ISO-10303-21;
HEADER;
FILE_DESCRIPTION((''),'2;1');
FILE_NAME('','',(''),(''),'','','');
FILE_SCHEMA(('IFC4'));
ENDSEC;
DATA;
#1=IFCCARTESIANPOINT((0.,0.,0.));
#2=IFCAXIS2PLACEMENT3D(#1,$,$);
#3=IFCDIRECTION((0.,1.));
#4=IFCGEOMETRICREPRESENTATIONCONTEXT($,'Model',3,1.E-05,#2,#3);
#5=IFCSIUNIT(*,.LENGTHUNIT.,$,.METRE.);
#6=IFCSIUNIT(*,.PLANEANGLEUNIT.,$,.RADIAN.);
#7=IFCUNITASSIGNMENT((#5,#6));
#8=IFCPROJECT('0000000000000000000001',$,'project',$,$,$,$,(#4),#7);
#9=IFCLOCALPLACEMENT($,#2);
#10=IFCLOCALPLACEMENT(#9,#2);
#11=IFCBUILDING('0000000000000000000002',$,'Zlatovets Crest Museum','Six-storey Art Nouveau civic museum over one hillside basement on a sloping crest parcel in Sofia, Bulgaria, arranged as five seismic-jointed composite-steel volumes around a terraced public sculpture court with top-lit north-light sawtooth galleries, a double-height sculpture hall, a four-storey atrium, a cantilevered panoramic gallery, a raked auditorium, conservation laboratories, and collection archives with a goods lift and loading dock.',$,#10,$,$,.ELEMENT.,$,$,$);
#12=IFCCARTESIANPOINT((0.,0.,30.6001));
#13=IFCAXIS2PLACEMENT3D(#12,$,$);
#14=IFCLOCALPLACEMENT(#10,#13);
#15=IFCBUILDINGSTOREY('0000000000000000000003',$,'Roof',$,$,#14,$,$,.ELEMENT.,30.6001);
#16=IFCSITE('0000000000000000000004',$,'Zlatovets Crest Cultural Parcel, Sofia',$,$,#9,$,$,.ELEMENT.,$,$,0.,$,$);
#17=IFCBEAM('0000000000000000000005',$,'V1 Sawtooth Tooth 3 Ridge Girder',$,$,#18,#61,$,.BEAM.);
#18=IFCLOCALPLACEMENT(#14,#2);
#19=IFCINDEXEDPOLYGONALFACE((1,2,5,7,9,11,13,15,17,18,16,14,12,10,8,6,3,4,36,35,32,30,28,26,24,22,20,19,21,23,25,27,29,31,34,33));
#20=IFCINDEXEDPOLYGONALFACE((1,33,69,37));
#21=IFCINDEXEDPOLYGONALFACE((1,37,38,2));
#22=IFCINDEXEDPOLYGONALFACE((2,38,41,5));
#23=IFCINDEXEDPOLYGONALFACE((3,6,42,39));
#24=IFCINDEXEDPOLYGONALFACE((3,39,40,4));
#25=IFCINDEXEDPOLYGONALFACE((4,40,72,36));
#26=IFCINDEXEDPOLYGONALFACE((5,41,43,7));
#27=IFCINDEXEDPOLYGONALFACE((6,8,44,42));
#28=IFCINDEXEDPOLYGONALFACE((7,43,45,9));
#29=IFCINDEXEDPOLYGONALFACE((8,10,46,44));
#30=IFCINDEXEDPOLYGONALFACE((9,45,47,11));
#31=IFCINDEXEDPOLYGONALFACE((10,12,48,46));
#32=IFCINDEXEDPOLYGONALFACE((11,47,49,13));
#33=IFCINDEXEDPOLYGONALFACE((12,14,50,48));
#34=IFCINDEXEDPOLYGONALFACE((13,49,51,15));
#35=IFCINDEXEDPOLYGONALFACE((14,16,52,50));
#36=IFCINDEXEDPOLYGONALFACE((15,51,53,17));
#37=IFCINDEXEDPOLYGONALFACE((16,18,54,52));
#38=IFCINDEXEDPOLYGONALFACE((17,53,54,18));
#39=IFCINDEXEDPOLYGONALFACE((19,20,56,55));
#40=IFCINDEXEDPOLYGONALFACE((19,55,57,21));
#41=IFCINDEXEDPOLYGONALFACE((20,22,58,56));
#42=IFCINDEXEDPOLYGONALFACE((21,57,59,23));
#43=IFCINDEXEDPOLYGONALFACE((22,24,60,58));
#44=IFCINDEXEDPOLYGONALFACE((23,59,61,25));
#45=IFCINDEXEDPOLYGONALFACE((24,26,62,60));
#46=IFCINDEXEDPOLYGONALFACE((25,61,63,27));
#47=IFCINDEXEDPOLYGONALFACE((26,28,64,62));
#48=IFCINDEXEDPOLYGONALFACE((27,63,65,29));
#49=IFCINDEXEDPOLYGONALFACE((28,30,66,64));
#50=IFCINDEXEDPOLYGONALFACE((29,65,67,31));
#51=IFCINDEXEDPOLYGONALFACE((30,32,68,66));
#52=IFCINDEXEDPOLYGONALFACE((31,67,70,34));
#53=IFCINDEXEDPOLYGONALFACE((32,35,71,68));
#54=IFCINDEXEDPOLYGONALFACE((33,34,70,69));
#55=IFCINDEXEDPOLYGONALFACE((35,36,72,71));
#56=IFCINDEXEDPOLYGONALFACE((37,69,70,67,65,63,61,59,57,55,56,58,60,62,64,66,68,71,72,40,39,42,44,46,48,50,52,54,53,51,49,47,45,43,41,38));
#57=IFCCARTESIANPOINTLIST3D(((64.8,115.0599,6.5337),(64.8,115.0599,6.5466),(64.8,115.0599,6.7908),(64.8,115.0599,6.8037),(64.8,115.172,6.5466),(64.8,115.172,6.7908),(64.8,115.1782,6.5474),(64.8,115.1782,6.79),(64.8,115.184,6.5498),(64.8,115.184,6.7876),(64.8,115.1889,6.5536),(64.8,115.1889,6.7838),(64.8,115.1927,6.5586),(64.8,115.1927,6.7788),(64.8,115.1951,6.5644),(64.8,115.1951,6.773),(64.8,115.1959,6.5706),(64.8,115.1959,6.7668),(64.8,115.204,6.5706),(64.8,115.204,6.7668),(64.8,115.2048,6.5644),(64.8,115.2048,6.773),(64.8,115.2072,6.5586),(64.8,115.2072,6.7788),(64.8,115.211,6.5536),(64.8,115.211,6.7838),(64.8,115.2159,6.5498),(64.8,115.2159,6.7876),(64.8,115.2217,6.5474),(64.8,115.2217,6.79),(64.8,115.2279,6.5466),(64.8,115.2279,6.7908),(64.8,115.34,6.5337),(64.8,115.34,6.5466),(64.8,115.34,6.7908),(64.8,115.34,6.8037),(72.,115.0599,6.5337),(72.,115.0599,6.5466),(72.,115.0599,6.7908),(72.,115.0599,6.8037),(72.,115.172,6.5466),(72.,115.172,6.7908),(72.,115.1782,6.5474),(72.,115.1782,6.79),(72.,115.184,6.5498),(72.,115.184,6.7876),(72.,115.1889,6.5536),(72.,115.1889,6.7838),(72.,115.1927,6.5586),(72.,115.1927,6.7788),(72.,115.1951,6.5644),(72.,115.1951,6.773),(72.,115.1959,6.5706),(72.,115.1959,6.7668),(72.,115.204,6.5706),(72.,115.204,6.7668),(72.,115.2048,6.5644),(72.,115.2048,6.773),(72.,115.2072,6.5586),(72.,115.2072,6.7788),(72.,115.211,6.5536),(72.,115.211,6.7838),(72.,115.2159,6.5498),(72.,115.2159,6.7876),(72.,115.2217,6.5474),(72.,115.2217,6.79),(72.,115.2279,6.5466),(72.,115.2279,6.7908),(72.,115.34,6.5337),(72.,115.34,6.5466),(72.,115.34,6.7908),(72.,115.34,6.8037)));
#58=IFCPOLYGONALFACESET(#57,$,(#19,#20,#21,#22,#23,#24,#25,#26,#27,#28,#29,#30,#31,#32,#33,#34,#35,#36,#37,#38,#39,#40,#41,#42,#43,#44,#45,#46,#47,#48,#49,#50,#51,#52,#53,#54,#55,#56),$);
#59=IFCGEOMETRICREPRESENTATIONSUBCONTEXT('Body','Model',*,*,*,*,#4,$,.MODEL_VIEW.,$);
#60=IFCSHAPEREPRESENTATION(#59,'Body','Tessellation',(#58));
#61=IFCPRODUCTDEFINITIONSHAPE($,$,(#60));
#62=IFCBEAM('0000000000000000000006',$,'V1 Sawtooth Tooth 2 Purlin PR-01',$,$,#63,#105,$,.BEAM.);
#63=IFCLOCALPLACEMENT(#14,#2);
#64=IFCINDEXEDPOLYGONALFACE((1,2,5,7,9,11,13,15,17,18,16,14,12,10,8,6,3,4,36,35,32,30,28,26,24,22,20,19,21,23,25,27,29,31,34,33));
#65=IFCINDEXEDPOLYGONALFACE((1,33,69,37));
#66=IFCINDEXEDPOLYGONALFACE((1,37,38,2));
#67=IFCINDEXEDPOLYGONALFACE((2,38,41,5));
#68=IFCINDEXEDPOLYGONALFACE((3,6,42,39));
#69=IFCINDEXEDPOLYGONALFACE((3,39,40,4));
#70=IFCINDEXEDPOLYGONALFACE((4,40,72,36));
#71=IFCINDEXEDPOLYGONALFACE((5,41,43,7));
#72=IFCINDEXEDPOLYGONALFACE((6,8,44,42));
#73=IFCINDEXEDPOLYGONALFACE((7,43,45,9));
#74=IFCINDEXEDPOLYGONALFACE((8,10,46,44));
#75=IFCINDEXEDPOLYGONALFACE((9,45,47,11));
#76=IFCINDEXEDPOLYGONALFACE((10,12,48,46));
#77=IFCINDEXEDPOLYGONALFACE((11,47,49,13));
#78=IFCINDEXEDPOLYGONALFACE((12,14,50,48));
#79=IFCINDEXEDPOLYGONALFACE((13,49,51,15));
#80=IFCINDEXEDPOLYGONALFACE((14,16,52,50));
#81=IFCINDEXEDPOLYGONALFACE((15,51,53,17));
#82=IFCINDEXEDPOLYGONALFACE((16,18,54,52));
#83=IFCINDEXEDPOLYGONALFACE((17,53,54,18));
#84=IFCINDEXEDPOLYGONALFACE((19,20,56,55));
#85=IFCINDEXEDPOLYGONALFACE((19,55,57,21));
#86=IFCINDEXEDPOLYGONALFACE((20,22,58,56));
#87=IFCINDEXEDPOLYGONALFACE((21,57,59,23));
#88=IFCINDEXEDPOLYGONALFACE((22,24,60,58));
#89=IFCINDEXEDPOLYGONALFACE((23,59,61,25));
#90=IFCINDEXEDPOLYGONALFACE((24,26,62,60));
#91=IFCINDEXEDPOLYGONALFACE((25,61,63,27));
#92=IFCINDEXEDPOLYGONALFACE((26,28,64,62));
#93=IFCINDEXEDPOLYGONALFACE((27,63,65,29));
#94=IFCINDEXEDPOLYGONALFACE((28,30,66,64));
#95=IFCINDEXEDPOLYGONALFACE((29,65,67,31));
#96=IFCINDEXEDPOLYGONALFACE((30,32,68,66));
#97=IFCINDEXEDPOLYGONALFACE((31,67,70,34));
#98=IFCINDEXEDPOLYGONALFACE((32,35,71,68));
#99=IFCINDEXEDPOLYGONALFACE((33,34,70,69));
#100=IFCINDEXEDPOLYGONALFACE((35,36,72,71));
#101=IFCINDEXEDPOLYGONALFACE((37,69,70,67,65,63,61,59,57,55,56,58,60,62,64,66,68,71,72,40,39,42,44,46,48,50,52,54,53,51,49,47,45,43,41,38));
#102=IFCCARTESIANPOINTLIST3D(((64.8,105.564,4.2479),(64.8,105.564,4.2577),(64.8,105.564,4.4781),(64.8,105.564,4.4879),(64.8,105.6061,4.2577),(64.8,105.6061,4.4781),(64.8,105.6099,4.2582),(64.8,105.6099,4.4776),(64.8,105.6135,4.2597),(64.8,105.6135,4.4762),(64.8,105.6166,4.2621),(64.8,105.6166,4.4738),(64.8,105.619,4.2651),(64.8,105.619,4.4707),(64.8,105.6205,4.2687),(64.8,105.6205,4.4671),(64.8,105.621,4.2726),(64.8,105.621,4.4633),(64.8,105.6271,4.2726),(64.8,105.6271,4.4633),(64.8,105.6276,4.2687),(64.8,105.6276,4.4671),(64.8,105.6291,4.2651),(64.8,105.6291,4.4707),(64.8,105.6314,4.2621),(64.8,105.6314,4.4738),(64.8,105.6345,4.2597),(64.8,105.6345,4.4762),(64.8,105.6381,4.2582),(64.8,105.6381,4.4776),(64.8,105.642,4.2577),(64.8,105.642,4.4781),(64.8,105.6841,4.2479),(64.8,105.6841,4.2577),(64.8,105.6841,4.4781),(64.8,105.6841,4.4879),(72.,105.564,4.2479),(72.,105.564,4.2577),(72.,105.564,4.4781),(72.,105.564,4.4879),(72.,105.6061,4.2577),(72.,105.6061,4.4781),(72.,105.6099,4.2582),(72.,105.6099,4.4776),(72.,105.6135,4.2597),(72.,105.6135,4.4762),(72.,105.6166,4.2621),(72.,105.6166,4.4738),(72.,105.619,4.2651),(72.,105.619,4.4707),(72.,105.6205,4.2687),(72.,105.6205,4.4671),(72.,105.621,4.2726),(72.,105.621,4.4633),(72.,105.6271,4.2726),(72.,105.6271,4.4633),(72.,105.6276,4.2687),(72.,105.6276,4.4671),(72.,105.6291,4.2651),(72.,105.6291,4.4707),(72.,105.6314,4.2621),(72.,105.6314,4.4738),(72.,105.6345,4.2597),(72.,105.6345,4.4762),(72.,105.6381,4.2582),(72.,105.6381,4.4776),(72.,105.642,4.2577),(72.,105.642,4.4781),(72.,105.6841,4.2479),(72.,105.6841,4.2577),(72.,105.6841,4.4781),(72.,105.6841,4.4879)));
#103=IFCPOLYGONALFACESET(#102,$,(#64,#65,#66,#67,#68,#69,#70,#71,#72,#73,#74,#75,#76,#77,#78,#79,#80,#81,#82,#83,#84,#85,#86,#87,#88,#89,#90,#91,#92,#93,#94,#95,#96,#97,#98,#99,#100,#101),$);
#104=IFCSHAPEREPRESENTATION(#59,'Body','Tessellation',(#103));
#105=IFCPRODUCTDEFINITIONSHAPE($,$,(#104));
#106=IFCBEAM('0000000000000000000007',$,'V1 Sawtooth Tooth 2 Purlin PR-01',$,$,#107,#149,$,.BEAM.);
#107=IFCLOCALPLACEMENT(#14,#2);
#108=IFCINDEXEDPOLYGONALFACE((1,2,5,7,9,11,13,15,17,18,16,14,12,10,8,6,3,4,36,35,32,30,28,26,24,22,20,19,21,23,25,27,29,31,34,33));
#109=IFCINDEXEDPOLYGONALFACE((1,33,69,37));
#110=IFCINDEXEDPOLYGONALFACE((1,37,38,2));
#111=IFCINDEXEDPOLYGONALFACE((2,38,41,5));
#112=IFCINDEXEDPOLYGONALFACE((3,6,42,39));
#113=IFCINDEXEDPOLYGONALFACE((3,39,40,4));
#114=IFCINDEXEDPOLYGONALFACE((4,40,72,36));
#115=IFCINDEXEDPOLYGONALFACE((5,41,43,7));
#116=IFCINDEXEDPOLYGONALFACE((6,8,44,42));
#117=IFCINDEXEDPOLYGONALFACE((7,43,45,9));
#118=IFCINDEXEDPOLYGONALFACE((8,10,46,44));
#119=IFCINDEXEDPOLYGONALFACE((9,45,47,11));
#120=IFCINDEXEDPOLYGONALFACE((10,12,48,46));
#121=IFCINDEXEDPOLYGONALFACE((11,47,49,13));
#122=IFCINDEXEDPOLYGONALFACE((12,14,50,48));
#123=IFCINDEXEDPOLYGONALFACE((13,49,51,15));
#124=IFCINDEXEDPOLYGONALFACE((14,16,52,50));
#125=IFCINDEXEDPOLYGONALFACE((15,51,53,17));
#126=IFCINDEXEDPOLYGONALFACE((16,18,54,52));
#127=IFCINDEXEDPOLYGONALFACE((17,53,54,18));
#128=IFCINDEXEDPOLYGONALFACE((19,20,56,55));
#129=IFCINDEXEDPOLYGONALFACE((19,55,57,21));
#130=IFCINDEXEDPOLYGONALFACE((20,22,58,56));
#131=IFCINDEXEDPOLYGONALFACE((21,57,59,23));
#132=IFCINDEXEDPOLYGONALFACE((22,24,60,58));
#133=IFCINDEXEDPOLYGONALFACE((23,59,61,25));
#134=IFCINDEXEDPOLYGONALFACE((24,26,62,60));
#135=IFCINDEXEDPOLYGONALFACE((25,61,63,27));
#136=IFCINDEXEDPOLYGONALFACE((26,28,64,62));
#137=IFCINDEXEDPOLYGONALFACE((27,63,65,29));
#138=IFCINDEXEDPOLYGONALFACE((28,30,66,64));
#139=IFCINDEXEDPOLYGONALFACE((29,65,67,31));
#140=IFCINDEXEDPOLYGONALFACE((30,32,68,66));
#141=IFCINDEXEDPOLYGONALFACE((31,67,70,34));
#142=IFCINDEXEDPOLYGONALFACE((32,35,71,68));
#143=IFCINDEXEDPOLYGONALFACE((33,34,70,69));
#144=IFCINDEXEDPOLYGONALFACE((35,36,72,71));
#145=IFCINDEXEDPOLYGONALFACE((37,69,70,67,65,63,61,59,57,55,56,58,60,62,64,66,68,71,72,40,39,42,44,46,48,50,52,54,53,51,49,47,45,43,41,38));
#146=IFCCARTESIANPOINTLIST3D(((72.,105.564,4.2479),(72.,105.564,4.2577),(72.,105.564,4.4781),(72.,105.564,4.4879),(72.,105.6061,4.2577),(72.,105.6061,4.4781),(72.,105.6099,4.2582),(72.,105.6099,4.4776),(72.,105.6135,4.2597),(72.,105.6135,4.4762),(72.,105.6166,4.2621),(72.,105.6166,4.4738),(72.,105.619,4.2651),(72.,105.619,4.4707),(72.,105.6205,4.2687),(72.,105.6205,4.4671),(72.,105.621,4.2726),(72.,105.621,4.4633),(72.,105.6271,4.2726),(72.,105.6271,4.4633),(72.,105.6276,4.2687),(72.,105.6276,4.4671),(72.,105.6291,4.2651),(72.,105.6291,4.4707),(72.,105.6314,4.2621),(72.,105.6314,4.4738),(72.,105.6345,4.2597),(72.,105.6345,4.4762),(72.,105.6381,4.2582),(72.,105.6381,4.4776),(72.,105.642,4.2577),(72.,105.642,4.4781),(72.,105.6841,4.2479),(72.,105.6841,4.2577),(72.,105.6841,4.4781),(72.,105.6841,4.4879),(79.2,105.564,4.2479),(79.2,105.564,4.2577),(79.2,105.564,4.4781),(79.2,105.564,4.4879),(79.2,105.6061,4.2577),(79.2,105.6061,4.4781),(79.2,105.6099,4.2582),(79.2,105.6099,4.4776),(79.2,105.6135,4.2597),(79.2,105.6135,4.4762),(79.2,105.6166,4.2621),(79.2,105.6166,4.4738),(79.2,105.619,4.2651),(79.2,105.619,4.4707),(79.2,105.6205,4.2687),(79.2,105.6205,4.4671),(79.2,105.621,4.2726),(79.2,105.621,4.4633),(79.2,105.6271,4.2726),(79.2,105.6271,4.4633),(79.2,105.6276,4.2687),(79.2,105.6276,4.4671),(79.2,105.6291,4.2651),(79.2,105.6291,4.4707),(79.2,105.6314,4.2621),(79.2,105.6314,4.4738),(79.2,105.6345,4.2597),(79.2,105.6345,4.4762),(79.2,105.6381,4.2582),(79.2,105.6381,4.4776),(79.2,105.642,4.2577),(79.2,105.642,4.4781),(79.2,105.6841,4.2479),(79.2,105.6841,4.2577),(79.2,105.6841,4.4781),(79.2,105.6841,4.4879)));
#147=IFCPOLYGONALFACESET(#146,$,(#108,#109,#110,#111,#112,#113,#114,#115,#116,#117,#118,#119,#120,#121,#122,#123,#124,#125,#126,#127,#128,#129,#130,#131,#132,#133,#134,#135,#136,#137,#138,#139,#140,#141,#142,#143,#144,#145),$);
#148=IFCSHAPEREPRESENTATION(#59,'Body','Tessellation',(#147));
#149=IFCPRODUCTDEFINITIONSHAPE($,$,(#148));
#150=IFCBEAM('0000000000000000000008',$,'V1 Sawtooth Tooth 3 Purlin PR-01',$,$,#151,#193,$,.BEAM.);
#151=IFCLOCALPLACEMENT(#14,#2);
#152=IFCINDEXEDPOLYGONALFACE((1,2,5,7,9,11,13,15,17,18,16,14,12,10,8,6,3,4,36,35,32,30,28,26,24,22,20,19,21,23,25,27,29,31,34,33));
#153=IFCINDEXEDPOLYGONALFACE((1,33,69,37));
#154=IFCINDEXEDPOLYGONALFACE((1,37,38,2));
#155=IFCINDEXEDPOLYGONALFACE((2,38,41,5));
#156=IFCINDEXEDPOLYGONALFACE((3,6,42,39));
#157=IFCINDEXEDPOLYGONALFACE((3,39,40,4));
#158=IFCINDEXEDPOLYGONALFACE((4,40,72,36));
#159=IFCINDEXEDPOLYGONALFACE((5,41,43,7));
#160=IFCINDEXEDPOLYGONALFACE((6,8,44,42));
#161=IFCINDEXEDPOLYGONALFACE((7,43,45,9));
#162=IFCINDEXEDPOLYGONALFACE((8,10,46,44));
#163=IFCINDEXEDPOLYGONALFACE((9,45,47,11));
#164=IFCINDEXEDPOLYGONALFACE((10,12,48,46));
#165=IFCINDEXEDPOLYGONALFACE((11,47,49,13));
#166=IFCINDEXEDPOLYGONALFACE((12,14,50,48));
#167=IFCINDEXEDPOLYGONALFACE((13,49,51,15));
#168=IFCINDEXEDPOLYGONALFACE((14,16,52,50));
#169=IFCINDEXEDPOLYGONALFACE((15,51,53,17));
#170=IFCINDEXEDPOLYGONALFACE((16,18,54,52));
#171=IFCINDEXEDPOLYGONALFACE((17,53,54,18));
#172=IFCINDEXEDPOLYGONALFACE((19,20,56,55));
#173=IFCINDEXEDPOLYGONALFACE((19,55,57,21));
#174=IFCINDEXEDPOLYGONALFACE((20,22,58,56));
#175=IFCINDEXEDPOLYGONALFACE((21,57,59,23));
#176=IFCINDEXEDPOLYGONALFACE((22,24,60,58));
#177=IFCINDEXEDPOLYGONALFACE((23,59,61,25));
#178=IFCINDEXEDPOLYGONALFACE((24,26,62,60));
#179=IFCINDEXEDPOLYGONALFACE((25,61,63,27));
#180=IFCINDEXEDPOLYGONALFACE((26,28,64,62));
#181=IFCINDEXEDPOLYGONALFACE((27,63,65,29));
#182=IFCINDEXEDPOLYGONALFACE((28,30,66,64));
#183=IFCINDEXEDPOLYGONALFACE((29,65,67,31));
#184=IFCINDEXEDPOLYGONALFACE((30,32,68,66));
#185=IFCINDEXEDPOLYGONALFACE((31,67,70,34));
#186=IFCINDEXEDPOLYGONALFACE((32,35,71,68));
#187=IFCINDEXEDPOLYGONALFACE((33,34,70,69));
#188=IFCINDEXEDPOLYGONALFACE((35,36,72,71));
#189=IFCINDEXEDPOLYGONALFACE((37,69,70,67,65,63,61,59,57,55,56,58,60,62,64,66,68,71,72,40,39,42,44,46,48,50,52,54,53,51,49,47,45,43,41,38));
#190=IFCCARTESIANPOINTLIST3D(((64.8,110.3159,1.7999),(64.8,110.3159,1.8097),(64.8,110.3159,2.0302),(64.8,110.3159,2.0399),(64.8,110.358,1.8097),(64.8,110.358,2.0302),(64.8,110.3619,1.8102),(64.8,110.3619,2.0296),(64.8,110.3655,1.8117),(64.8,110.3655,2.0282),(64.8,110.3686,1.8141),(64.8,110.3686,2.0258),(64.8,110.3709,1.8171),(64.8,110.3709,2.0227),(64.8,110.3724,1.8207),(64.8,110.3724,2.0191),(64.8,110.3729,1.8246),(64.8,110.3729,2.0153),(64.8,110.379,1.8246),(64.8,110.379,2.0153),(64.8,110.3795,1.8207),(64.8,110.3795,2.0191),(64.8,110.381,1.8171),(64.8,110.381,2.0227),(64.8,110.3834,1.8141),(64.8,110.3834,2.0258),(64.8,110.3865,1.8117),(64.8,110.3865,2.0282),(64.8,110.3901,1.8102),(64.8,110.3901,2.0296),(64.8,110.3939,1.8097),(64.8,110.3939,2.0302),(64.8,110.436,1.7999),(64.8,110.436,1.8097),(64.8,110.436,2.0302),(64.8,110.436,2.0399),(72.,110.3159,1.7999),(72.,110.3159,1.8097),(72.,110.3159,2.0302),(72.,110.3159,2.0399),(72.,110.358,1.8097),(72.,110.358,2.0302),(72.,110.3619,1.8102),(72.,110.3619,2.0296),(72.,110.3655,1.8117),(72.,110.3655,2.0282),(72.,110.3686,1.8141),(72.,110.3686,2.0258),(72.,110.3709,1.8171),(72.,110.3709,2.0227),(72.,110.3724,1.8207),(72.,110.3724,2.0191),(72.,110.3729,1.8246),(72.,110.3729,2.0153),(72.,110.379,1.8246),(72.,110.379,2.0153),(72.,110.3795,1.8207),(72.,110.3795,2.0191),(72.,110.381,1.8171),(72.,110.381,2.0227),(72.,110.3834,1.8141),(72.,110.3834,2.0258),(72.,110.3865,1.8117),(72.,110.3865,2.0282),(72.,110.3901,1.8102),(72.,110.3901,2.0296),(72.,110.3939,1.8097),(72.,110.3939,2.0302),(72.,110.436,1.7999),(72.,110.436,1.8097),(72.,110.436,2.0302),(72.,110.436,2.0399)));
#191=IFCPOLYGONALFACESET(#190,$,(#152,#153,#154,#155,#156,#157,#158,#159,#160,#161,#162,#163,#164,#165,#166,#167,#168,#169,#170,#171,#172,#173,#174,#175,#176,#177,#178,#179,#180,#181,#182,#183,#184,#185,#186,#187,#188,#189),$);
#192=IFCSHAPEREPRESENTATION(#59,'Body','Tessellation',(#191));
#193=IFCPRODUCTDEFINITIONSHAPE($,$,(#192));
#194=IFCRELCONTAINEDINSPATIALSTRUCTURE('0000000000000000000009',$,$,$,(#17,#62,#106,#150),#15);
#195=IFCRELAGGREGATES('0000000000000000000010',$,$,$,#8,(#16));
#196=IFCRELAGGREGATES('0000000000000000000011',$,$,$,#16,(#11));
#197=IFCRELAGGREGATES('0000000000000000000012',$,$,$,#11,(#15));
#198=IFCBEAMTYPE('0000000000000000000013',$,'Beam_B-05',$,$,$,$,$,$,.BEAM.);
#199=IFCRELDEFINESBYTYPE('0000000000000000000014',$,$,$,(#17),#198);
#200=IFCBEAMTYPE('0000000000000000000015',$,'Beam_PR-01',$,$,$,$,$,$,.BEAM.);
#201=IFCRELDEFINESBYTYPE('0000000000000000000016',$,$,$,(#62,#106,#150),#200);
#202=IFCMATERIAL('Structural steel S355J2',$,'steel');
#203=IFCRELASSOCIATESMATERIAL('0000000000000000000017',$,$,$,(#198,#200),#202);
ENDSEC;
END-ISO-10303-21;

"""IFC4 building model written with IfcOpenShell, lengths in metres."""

from ifc_helpers import new_model, si_unit, direction, frame, origin, origin_2d, place, context, subcontext, project, spatial, i_section, extrude, material, material_profile, profile_set, type_object, element, save


model = new_model("IFC4")

# Units and contexts
model_context = context("Model", 3, precision=1e-05, world=origin(), true_north=direction((0.0, 1.0)))
body_context = subcontext(model_context, "Body", "Model", "MODEL_VIEW")
ifc_project = project(units=[si_unit("LENGTHUNIT", "METRE"), si_unit("PLANEANGLEUNIT", "RADIAN")], contexts=[model_context])

# Site, building, storey
site_placement = place(None, origin())
site = spatial("IfcSite", under=ifc_project, at=site_placement, Name="Zlatovets Crest Cultural Parcel, Sofia", CompositionType="ELEMENT", RefElevation=0.0)
building_placement = place(site_placement, origin())
building = spatial("IfcBuilding", under=site, at=building_placement, Name="Zlatovets Crest Museum", Description="Six-storey Art Nouveau civic museum over one hillside basement on a sloping crest parcel in Sofia, Bulgaria, arranged as five seismic-jointed composite-steel volumes around a terraced public sculpture court with top-lit north-light sawtooth galleries, a double-height sculpture hall, a four-storey atrium, a cantilevered panoramic gallery, a raked auditorium, conservation laboratories, and collection archives with a goods lift and loading dock.", CompositionType="ELEMENT")
storey_placement = place(building_placement, frame((0.0, 0.0, 30.6001)))
storey = spatial("IfcBuildingStorey", under=building, at=storey_placement, Name="Roof", CompositionType="ELEMENT", Elevation=30.6001)

# Beams
ifc_material_1 = material(Name="Structural steel S355J2", Category="steel")
ifc_material_profile_1 = material_profile(ifc_material_1, i_section(OverallWidth=0.28, OverallDepth=0.27, WebThickness=0.0081, FlangeThickness=0.0129, FilletRadius=0.0239, at=origin_2d()), Name="HEA 280")
ifc_profile_set_1 = profile_set([ifc_material_profile_1], Name="Structural steel S355J2")
beam_type_1 = type_object("IfcBeamType", Name="Beam_B-05", PredefinedType="BEAM", material=ifc_profile_set_1)
for number, where, z_axis, x_axis, name in (
    (1, (64.8, 115.2, 6.6687), (1.0, 0.0, 0.0), (0.0, 1.0, 0.0), "V1 Sawtooth Tooth 3 Ridge Girder"),
):
    element("IfcBeam", number, at=place(storey_placement, frame(where, z_axis=z_axis, x_axis=x_axis)), inside=storey, type_object=beam_type_1, Name=name, PredefinedType="BEAM", context=body_context, shape_type="SweptSolid", body=[
        extrude(i_section(OverallWidth=0.28, OverallDepth=0.27, WebThickness=0.0081, FlangeThickness=0.0129, FilletRadius=0.0239, at=origin_2d()), origin(), (0.0, 0.0, 1.0), 7.2),
    ])
ifc_material_profile_2 = material_profile(ifc_material_1, i_section(OverallWidth=0.1201, OverallDepth=0.24, WebThickness=0.0061, FlangeThickness=0.0098, FilletRadius=0.0149, at=origin_2d()), Name="IPE 240")
ifc_profile_set_2 = profile_set([ifc_material_profile_2], Name="Structural steel S355J2")
beam_type_2 = type_object("IfcBeamType", Name="Beam_PR-01", PredefinedType="BEAM", material=ifc_profile_set_2)
for number, where, z_axis, x_axis, name in (
    (2, (64.8, 105.624, 4.3679), (1.0, 0.0, 0.0), (0.0, 1.0, 0.0), "V1 Sawtooth Tooth 2 Purlin PR-01"),
    (3, (72.0, 105.624, 4.3679), (1.0, 0.0, 0.0), (0.0, 1.0, 0.0), "V1 Sawtooth Tooth 2 Purlin PR-01"),
    (4, (64.8, 110.376, 1.9199), (1.0, 0.0, 0.0), (0.0, 1.0, 0.0), "V1 Sawtooth Tooth 3 Purlin PR-01"),
):
    element("IfcBeam", number, at=place(storey_placement, frame(where, z_axis=z_axis, x_axis=x_axis)), inside=storey, type_object=beam_type_2, Name=name, PredefinedType="BEAM", context=body_context, shape_type="SweptSolid", body=[
        extrude(i_section(OverallWidth=0.1201, OverallDepth=0.24, WebThickness=0.0061, FlangeThickness=0.0098, FilletRadius=0.0149, at=origin_2d()), origin(), (0.0, 0.0, 1.0), 7.2),
    ])

save(model, "model.ifc")
